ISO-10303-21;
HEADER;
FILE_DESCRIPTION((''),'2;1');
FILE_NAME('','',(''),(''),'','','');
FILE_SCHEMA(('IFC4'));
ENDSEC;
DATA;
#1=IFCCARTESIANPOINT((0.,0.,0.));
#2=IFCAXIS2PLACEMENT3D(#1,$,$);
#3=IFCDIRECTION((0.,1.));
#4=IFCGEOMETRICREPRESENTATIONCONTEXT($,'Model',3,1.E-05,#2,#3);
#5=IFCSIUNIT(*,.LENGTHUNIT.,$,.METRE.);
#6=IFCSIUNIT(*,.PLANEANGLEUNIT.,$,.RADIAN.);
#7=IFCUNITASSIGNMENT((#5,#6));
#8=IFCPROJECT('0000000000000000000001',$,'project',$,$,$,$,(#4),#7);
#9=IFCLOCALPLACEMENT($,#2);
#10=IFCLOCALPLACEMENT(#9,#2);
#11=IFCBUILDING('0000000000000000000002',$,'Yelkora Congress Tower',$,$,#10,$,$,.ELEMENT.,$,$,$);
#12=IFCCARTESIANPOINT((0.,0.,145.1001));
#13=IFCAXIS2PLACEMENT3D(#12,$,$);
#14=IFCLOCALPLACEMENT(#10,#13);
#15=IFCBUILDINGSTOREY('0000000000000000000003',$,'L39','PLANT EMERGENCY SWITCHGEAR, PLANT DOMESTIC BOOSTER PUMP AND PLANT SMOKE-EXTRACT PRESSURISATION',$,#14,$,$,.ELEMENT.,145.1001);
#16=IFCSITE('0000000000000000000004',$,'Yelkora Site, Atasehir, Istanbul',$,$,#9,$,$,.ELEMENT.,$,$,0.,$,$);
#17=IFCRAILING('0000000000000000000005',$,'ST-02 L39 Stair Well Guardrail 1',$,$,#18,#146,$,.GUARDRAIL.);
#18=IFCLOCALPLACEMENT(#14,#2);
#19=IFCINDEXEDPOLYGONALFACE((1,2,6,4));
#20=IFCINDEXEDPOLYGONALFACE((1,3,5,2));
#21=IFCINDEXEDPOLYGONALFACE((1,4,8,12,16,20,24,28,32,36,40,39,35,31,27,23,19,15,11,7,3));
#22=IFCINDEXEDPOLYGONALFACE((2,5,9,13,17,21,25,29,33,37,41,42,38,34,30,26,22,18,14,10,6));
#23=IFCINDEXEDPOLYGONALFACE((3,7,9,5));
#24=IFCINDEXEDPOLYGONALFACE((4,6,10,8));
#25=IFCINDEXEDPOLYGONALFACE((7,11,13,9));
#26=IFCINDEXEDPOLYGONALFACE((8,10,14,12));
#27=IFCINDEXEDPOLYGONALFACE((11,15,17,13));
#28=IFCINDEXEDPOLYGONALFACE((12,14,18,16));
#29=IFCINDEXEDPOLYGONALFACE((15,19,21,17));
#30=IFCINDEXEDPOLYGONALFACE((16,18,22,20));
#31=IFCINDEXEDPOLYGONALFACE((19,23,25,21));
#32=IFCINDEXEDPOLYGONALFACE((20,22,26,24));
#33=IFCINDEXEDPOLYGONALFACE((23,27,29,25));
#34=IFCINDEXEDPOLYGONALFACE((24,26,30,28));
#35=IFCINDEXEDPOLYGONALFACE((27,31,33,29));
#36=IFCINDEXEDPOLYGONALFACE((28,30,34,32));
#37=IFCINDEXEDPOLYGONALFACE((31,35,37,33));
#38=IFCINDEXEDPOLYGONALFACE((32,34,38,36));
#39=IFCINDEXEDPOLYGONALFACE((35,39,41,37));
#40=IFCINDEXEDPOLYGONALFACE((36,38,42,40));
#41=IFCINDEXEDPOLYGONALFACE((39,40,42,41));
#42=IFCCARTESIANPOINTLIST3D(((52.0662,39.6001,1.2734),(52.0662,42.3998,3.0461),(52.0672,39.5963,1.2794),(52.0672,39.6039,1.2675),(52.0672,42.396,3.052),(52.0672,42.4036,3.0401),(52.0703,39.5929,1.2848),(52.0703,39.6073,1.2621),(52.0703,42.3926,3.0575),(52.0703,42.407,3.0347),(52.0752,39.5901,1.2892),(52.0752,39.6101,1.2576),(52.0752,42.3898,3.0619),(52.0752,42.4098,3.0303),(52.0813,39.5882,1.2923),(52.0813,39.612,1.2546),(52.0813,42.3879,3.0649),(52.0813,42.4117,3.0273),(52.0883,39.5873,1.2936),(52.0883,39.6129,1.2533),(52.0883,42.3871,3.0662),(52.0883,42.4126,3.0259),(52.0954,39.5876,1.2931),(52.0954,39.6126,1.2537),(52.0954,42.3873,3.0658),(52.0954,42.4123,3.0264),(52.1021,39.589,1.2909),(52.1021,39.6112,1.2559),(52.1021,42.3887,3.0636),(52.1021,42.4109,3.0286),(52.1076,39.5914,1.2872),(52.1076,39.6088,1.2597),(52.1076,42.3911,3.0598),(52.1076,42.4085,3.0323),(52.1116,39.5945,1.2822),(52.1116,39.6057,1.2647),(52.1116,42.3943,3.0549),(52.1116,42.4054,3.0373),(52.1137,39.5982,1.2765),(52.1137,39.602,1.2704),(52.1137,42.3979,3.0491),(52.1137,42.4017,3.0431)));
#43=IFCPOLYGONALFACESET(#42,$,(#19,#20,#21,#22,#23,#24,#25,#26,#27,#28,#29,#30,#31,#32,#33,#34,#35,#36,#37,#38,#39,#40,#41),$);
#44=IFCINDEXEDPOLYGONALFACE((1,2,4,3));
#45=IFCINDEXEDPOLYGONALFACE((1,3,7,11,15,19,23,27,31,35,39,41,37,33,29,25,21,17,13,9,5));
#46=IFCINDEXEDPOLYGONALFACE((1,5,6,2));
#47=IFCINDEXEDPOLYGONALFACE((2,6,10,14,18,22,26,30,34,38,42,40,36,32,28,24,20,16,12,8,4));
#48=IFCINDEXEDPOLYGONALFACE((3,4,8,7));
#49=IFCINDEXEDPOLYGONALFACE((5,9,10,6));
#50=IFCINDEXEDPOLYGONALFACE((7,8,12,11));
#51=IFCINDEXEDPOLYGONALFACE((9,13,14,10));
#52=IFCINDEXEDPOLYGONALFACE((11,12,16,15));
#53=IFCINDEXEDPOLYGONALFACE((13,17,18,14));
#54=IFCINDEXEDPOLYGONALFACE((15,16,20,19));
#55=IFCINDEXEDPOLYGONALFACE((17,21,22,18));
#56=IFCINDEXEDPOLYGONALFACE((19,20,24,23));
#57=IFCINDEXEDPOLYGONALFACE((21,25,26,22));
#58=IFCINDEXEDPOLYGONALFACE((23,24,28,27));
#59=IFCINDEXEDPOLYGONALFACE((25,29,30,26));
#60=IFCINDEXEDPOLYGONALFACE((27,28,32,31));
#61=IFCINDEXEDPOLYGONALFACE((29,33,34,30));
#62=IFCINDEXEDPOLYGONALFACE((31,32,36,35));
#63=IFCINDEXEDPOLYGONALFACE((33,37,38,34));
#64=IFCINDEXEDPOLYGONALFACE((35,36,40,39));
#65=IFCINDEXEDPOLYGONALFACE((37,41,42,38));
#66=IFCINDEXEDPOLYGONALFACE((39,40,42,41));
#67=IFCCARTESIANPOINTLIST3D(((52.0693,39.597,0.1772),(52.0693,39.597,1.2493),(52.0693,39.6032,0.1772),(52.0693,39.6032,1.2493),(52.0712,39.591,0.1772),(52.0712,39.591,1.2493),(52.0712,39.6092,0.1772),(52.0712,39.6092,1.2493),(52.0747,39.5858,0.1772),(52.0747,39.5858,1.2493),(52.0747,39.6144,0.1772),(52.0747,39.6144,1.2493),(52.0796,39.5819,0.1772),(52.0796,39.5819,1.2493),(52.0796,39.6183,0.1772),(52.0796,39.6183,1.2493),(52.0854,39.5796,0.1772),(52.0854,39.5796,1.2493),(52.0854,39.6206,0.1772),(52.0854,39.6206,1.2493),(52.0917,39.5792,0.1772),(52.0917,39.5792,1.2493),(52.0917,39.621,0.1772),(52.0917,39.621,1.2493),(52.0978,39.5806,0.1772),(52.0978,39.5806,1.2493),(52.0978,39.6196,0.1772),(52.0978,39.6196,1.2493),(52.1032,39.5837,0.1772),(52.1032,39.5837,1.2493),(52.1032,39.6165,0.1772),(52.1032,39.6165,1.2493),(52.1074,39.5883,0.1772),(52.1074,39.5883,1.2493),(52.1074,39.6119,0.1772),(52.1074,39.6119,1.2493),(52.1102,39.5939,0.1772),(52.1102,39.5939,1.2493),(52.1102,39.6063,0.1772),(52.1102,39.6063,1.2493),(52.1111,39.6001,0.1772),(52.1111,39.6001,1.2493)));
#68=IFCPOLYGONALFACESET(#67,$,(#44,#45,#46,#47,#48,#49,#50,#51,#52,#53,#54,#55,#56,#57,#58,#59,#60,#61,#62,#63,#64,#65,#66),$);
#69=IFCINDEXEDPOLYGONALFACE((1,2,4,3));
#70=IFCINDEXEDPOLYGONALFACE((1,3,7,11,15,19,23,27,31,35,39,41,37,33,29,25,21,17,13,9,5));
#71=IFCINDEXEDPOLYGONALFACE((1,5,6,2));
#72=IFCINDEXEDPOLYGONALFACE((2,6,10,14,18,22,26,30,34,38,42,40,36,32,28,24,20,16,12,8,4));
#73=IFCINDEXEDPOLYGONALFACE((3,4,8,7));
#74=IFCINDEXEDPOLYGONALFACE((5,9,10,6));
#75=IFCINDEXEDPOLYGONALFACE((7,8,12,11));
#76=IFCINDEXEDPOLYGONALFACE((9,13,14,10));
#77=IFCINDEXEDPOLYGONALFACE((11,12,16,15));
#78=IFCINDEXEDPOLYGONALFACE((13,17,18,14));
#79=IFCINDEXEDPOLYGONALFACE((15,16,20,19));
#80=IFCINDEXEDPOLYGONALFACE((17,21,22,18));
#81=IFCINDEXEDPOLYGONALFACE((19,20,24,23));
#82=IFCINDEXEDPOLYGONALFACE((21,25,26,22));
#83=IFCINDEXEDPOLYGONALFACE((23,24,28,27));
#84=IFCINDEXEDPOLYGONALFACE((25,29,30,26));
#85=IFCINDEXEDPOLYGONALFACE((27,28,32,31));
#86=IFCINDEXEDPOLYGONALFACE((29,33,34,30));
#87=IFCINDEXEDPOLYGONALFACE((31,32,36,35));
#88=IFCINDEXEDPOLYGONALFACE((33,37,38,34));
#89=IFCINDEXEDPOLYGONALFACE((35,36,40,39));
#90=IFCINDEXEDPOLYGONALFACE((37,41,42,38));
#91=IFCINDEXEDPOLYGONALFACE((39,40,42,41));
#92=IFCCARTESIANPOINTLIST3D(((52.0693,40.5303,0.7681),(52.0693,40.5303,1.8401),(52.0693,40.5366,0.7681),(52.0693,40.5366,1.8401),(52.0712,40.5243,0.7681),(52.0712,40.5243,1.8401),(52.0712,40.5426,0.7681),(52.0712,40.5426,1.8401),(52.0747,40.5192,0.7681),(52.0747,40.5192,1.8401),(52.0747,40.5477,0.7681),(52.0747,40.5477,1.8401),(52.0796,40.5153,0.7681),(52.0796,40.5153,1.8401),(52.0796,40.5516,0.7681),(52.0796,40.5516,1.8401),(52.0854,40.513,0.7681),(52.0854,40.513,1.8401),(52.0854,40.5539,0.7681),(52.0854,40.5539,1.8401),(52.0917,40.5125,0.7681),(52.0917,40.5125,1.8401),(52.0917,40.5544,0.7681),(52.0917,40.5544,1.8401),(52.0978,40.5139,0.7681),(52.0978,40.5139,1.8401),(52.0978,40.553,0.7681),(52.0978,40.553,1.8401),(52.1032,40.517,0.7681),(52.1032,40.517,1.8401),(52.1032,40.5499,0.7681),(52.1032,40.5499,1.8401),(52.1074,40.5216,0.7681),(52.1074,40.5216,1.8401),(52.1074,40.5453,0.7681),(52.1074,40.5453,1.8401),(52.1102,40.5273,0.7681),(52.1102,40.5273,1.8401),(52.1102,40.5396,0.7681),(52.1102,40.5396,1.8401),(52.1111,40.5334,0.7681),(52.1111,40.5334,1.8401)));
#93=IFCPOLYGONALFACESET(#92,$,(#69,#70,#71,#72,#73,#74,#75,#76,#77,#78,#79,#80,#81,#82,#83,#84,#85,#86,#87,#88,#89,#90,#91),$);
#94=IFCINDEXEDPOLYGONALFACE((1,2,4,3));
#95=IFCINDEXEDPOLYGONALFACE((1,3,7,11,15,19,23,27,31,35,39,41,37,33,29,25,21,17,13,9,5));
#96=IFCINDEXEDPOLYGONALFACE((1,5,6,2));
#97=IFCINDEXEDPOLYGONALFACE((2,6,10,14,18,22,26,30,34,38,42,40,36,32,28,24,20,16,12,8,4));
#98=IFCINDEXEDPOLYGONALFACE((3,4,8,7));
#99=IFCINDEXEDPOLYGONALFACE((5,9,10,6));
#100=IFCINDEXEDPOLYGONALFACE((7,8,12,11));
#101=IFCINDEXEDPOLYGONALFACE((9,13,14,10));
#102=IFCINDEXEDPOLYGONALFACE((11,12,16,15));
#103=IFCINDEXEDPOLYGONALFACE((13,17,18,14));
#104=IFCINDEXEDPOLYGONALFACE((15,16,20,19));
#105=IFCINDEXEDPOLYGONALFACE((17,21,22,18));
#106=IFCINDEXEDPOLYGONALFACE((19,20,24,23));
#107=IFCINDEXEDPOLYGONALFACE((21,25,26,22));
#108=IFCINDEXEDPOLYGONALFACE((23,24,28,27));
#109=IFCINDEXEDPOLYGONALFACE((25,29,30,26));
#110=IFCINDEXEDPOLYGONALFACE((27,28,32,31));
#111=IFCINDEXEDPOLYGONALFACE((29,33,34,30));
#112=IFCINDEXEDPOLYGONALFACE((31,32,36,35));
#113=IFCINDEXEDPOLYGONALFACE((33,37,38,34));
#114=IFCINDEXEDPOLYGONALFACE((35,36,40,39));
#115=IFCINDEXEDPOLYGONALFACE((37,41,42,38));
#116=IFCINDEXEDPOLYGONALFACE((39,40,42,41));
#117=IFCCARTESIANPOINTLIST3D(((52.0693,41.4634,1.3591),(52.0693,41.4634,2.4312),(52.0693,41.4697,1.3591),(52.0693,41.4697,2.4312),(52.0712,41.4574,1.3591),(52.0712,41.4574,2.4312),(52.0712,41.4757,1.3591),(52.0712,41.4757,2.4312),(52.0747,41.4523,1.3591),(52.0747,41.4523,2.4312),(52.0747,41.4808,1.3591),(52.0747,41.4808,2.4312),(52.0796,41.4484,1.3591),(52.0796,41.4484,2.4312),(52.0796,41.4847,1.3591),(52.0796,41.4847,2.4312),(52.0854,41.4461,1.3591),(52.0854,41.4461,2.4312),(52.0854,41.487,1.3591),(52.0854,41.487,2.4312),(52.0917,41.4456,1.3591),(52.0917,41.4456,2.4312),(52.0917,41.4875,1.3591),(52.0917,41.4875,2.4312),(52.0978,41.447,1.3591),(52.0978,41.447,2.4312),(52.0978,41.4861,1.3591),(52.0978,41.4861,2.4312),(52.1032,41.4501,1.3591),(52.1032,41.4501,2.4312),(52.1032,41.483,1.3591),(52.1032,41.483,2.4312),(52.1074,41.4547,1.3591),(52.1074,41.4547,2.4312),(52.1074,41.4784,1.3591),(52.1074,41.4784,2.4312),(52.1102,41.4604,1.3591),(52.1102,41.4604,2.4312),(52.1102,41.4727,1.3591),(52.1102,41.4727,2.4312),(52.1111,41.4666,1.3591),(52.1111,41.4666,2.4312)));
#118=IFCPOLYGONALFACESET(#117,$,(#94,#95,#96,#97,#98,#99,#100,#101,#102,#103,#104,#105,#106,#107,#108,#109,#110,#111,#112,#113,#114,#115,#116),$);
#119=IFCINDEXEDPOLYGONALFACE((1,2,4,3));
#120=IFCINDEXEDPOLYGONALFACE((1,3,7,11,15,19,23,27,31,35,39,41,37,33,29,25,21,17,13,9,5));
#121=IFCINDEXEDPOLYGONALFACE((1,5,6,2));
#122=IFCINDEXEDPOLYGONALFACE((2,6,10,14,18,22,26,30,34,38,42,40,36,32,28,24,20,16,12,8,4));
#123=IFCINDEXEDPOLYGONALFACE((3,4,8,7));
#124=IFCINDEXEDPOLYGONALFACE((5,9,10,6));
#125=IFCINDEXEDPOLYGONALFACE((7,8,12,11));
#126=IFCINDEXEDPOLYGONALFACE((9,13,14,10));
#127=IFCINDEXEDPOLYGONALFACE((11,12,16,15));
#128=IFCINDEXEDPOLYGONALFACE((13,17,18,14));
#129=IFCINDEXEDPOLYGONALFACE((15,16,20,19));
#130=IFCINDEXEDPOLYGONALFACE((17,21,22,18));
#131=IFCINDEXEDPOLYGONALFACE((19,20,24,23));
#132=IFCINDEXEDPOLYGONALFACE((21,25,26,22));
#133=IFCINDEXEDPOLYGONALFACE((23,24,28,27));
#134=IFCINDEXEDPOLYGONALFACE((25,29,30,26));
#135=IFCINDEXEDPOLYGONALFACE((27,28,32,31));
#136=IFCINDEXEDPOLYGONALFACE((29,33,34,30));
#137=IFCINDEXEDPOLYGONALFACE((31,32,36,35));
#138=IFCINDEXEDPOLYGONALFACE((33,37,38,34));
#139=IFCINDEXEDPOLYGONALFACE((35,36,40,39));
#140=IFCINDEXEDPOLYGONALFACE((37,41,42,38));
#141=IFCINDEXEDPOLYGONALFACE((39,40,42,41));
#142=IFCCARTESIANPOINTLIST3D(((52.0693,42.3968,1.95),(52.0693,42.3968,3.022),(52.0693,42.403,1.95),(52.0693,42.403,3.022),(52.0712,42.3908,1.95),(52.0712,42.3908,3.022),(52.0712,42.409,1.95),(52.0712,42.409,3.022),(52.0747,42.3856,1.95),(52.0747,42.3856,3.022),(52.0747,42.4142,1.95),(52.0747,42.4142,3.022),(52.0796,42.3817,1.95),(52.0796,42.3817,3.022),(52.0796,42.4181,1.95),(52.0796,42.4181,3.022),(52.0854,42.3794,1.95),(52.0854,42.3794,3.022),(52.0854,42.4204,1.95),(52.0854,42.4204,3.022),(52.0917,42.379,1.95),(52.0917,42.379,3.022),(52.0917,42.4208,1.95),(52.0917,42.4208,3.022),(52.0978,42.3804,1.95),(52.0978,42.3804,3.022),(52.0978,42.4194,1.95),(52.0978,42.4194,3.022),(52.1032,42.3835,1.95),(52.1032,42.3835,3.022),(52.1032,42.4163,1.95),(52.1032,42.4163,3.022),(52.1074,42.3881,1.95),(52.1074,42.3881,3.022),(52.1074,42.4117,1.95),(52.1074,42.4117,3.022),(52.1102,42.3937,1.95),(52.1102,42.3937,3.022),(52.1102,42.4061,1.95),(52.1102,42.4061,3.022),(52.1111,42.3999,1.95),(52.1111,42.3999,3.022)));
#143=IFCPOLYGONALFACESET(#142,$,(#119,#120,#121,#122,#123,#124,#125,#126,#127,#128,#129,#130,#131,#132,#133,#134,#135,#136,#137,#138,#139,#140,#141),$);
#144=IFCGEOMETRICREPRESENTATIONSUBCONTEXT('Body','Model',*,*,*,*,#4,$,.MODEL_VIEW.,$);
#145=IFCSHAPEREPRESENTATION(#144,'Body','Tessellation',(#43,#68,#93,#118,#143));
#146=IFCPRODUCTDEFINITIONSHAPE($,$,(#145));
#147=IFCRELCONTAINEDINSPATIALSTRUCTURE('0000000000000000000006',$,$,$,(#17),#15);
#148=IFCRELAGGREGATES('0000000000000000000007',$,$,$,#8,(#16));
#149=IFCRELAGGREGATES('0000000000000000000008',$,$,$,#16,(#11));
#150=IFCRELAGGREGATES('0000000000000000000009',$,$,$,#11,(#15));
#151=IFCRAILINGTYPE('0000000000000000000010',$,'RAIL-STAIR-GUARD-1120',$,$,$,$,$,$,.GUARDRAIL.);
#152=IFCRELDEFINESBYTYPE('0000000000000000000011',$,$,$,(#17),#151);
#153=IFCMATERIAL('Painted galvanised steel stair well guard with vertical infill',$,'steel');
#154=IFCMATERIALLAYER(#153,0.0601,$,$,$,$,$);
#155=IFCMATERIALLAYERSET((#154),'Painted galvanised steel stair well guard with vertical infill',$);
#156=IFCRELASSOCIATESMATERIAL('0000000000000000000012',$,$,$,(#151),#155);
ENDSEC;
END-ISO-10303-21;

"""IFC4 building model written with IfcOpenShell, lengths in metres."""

from ifc_helpers import new_model, si_unit, direction, frame, origin, origin_2d, place, context, subcontext, project, spatial, circle, extrude, material, layer, layer_set, type_object, element, save


model = new_model("IFC4")

# Units and contexts
model_context = context("Model", 3, precision=1e-05, world=origin(), true_north=direction((0.0, 1.0)))
body_context = subcontext(model_context, "Body", "Model", "MODEL_VIEW")
ifc_project = project(units=[si_unit("LENGTHUNIT", "METRE"), si_unit("PLANEANGLEUNIT", "RADIAN")], contexts=[model_context])

# Site, building, storey
site_placement = place(None, origin())
site = spatial("IfcSite", under=ifc_project, at=site_placement, Name="Yelkora Site, Atasehir, Istanbul", CompositionType="ELEMENT", RefElevation=0.0)
building_placement = place(site_placement, origin())
building = spatial("IfcBuilding", under=site, at=building_placement, Name="Yelkora Congress Tower", CompositionType="ELEMENT")
storey_placement = place(building_placement, frame((0.0, 0.0, 145.1001)))
storey = spatial("IfcBuildingStorey", under=building, at=storey_placement, Name="L39", Description="PLANT EMERGENCY SWITCHGEAR, PLANT DOMESTIC BOOSTER PUMP AND PLANT SMOKE-EXTRACT PRESSURISATION", CompositionType="ELEMENT", Elevation=145.1001)

# Railing
ifc_material_1 = material(Name="Painted galvanised steel stair well guard with vertical infill", Category="steel")
ifc_layer_1 = layer(ifc_material_1, 0.0601)
ifc_layer_set_1 = layer_set([ifc_layer_1], Name="Painted galvanised steel stair well guard with vertical infill")
railing_type_1 = type_object("IfcRailingType", Name="RAIL-STAIR-GUARD-1120", PredefinedType="GUARDRAIL", material=ifc_layer_set_1)
railing_1_placement = place(storey_placement, frame((52.0901, 39.6001, 0.1772)))
element("IfcRailing", 1, at=railing_1_placement, inside=storey, type_object=railing_type_1, Name="ST-02 L39 Stair Well Guardrail 1", PredefinedType="GUARDRAIL", context=body_context, shape_type="SweptSolid", body=[
    extrude(circle(Radius=0.0239, at=origin_2d()), frame((0.0, 0.0, 1.0962), z_axis=(0.0, 0.844888, 0.534943), x_axis=(-1.0, 0.0, 0.0)), (0.0, 0.0, 1.0), 3.3137),
    extrude(circle(Radius=0.021, at=origin_2d()), origin(), (0.0, 0.0, 1.0), 1.072),
    extrude(circle(Radius=0.021, at=origin_2d()), frame((0.0, 0.9333, 0.5908)), (0.0, 0.0, 1.0), 1.072),
    extrude(circle(Radius=0.021, at=origin_2d()), frame((0.0, 1.8665, 1.1819)), (0.0, 0.0, 1.0), 1.072),
    extrude(circle(Radius=0.021, at=origin_2d()), frame((0.0, 2.7998, 1.7727)), (0.0, 0.0, 1.0), 1.072),
])

save(model, "model.ifc")
